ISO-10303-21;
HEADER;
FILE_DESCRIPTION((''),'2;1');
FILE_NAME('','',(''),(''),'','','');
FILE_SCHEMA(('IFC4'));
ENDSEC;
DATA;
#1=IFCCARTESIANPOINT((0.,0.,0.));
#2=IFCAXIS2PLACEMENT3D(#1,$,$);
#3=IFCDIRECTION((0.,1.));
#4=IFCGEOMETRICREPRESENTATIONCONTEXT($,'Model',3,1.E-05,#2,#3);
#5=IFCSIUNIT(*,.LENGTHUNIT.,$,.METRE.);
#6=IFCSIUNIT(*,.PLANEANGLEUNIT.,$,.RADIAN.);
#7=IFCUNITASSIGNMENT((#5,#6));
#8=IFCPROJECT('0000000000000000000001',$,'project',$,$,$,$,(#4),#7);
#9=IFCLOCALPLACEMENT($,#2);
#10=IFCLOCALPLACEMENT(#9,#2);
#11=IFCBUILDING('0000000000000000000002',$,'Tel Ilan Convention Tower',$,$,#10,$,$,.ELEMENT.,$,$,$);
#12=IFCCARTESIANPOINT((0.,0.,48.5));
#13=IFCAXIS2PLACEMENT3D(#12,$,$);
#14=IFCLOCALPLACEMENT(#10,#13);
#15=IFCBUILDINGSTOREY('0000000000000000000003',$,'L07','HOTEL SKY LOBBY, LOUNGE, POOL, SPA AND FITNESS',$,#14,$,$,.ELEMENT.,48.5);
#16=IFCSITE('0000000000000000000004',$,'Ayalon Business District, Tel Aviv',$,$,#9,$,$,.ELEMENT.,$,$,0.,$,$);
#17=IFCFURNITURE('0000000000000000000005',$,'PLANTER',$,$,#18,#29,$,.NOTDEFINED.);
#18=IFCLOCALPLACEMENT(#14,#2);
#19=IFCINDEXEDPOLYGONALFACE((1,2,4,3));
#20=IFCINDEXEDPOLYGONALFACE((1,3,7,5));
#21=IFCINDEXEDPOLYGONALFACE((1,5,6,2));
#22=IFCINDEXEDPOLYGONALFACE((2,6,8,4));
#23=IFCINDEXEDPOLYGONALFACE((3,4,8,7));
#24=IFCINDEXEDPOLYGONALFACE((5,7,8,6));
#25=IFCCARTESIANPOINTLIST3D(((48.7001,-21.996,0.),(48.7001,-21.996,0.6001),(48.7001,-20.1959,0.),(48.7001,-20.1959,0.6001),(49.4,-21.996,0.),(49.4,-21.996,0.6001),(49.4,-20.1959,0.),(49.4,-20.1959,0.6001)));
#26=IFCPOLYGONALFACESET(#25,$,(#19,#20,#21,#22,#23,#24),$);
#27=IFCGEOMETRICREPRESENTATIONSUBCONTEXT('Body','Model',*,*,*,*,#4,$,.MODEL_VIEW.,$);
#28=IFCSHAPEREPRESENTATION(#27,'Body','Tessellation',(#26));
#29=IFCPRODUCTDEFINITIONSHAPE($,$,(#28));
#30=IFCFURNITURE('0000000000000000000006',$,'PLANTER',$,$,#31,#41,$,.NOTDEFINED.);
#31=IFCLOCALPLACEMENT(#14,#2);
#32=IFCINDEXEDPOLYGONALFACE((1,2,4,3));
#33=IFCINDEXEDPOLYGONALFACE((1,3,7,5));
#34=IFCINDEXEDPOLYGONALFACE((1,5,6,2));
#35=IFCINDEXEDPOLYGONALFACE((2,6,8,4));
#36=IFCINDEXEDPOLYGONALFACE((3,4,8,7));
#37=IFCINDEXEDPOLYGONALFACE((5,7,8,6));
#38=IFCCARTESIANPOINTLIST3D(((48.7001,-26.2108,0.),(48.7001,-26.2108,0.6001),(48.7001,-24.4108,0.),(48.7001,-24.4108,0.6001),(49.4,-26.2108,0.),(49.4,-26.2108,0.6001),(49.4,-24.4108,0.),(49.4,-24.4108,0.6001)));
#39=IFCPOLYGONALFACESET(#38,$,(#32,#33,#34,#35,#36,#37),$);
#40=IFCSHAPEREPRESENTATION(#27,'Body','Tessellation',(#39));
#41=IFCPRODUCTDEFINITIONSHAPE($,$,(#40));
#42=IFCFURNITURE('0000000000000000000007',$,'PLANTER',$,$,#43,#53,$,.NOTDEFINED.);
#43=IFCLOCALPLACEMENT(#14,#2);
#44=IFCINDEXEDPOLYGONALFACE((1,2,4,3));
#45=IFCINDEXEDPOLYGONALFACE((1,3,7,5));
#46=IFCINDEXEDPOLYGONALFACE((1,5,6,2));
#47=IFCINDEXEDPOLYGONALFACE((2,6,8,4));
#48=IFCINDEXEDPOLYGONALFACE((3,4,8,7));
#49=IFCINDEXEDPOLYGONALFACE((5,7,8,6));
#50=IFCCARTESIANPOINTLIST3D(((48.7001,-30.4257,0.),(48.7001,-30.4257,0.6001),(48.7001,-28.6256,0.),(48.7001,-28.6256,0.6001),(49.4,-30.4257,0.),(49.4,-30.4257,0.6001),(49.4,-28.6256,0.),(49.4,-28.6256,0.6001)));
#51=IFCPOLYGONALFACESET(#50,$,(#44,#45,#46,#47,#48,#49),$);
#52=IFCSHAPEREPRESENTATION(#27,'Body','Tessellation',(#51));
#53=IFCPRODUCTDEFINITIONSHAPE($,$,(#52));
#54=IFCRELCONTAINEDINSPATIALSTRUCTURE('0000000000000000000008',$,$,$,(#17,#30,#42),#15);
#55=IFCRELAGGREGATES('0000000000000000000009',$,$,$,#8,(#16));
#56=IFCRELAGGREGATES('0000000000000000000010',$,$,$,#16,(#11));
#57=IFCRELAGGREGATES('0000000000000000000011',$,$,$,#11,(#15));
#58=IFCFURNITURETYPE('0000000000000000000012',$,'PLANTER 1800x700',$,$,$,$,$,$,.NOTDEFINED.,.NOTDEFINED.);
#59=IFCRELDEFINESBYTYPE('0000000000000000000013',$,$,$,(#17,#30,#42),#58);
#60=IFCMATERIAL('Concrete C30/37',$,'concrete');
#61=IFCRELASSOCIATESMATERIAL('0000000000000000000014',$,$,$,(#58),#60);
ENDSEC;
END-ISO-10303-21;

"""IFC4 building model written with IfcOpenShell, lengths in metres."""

from ifc_helpers import new_model, si_unit, direction, frame, origin, origin_2d, place, context, subcontext, project, spatial, rectangle, extrude, material, type_object, element, save


model = new_model("IFC4")

# Units and contexts
model_context = context("Model", 3, precision=1e-05, world=origin(), true_north=direction((0.0, 1.0)))
body_context = subcontext(model_context, "Body", "Model", "MODEL_VIEW")
ifc_project = project(units=[si_unit("LENGTHUNIT", "METRE"), si_unit("PLANEANGLEUNIT", "RADIAN")], contexts=[model_context])

# Site, building, storey
site_placement = place(None, origin())
site = spatial("IfcSite", under=ifc_project, at=site_placement, Name="Ayalon Business District, Tel Aviv", CompositionType="ELEMENT", RefElevation=0.0)
building_placement = place(site_placement, origin())
building = spatial("IfcBuilding", under=site, at=building_placement, Name="Tel Ilan Convention Tower", CompositionType="ELEMENT")
storey_placement = place(building_placement, frame((0.0, 0.0, 48.5)))
storey = spatial("IfcBuildingStorey", under=building, at=storey_placement, Name="L07", Description="HOTEL SKY LOBBY, LOUNGE, POOL, SPA AND FITNESS", CompositionType="ELEMENT", Elevation=48.5)

# Furniture
ifc_material_1 = material(Name="Concrete C30/37", Category="concrete")
furniture_type = type_object("IfcFurnitureType", Name="PLANTER 1800x700", AssemblyPlace="NOTDEFINED", PredefinedType="NOTDEFINED", material=ifc_material_1)
for number, where, z_axis, x_axis, name in (
    (1, (49.05, -21.0959, 0.0), (0.0, 0.0, 1.0), (0.0, -1.0, 0.0), "PLANTER"),
    (2, (49.05, -25.3108, 0.0), (0.0, 0.0, 1.0), (0.0, -1.0, 0.0), "PLANTER"),
    (3, (49.05, -29.5256, 0.0), (0.0, 0.0, 1.0), (0.0, -1.0, 0.0), "PLANTER"),
):
    element("IfcFurniture", number, at=place(storey_placement, frame(where, z_axis=z_axis, x_axis=x_axis)), inside=storey, type_object=furniture_type, Name=name, PredefinedType="NOTDEFINED", context=body_context, shape_type="SweptSolid", body=[
        extrude(rectangle(XDim=1.8, YDim=0.7, at=origin_2d()), origin(), (0.0, 0.0, 1.0), 0.6001),
    ])

save(model, "model.ifc")
